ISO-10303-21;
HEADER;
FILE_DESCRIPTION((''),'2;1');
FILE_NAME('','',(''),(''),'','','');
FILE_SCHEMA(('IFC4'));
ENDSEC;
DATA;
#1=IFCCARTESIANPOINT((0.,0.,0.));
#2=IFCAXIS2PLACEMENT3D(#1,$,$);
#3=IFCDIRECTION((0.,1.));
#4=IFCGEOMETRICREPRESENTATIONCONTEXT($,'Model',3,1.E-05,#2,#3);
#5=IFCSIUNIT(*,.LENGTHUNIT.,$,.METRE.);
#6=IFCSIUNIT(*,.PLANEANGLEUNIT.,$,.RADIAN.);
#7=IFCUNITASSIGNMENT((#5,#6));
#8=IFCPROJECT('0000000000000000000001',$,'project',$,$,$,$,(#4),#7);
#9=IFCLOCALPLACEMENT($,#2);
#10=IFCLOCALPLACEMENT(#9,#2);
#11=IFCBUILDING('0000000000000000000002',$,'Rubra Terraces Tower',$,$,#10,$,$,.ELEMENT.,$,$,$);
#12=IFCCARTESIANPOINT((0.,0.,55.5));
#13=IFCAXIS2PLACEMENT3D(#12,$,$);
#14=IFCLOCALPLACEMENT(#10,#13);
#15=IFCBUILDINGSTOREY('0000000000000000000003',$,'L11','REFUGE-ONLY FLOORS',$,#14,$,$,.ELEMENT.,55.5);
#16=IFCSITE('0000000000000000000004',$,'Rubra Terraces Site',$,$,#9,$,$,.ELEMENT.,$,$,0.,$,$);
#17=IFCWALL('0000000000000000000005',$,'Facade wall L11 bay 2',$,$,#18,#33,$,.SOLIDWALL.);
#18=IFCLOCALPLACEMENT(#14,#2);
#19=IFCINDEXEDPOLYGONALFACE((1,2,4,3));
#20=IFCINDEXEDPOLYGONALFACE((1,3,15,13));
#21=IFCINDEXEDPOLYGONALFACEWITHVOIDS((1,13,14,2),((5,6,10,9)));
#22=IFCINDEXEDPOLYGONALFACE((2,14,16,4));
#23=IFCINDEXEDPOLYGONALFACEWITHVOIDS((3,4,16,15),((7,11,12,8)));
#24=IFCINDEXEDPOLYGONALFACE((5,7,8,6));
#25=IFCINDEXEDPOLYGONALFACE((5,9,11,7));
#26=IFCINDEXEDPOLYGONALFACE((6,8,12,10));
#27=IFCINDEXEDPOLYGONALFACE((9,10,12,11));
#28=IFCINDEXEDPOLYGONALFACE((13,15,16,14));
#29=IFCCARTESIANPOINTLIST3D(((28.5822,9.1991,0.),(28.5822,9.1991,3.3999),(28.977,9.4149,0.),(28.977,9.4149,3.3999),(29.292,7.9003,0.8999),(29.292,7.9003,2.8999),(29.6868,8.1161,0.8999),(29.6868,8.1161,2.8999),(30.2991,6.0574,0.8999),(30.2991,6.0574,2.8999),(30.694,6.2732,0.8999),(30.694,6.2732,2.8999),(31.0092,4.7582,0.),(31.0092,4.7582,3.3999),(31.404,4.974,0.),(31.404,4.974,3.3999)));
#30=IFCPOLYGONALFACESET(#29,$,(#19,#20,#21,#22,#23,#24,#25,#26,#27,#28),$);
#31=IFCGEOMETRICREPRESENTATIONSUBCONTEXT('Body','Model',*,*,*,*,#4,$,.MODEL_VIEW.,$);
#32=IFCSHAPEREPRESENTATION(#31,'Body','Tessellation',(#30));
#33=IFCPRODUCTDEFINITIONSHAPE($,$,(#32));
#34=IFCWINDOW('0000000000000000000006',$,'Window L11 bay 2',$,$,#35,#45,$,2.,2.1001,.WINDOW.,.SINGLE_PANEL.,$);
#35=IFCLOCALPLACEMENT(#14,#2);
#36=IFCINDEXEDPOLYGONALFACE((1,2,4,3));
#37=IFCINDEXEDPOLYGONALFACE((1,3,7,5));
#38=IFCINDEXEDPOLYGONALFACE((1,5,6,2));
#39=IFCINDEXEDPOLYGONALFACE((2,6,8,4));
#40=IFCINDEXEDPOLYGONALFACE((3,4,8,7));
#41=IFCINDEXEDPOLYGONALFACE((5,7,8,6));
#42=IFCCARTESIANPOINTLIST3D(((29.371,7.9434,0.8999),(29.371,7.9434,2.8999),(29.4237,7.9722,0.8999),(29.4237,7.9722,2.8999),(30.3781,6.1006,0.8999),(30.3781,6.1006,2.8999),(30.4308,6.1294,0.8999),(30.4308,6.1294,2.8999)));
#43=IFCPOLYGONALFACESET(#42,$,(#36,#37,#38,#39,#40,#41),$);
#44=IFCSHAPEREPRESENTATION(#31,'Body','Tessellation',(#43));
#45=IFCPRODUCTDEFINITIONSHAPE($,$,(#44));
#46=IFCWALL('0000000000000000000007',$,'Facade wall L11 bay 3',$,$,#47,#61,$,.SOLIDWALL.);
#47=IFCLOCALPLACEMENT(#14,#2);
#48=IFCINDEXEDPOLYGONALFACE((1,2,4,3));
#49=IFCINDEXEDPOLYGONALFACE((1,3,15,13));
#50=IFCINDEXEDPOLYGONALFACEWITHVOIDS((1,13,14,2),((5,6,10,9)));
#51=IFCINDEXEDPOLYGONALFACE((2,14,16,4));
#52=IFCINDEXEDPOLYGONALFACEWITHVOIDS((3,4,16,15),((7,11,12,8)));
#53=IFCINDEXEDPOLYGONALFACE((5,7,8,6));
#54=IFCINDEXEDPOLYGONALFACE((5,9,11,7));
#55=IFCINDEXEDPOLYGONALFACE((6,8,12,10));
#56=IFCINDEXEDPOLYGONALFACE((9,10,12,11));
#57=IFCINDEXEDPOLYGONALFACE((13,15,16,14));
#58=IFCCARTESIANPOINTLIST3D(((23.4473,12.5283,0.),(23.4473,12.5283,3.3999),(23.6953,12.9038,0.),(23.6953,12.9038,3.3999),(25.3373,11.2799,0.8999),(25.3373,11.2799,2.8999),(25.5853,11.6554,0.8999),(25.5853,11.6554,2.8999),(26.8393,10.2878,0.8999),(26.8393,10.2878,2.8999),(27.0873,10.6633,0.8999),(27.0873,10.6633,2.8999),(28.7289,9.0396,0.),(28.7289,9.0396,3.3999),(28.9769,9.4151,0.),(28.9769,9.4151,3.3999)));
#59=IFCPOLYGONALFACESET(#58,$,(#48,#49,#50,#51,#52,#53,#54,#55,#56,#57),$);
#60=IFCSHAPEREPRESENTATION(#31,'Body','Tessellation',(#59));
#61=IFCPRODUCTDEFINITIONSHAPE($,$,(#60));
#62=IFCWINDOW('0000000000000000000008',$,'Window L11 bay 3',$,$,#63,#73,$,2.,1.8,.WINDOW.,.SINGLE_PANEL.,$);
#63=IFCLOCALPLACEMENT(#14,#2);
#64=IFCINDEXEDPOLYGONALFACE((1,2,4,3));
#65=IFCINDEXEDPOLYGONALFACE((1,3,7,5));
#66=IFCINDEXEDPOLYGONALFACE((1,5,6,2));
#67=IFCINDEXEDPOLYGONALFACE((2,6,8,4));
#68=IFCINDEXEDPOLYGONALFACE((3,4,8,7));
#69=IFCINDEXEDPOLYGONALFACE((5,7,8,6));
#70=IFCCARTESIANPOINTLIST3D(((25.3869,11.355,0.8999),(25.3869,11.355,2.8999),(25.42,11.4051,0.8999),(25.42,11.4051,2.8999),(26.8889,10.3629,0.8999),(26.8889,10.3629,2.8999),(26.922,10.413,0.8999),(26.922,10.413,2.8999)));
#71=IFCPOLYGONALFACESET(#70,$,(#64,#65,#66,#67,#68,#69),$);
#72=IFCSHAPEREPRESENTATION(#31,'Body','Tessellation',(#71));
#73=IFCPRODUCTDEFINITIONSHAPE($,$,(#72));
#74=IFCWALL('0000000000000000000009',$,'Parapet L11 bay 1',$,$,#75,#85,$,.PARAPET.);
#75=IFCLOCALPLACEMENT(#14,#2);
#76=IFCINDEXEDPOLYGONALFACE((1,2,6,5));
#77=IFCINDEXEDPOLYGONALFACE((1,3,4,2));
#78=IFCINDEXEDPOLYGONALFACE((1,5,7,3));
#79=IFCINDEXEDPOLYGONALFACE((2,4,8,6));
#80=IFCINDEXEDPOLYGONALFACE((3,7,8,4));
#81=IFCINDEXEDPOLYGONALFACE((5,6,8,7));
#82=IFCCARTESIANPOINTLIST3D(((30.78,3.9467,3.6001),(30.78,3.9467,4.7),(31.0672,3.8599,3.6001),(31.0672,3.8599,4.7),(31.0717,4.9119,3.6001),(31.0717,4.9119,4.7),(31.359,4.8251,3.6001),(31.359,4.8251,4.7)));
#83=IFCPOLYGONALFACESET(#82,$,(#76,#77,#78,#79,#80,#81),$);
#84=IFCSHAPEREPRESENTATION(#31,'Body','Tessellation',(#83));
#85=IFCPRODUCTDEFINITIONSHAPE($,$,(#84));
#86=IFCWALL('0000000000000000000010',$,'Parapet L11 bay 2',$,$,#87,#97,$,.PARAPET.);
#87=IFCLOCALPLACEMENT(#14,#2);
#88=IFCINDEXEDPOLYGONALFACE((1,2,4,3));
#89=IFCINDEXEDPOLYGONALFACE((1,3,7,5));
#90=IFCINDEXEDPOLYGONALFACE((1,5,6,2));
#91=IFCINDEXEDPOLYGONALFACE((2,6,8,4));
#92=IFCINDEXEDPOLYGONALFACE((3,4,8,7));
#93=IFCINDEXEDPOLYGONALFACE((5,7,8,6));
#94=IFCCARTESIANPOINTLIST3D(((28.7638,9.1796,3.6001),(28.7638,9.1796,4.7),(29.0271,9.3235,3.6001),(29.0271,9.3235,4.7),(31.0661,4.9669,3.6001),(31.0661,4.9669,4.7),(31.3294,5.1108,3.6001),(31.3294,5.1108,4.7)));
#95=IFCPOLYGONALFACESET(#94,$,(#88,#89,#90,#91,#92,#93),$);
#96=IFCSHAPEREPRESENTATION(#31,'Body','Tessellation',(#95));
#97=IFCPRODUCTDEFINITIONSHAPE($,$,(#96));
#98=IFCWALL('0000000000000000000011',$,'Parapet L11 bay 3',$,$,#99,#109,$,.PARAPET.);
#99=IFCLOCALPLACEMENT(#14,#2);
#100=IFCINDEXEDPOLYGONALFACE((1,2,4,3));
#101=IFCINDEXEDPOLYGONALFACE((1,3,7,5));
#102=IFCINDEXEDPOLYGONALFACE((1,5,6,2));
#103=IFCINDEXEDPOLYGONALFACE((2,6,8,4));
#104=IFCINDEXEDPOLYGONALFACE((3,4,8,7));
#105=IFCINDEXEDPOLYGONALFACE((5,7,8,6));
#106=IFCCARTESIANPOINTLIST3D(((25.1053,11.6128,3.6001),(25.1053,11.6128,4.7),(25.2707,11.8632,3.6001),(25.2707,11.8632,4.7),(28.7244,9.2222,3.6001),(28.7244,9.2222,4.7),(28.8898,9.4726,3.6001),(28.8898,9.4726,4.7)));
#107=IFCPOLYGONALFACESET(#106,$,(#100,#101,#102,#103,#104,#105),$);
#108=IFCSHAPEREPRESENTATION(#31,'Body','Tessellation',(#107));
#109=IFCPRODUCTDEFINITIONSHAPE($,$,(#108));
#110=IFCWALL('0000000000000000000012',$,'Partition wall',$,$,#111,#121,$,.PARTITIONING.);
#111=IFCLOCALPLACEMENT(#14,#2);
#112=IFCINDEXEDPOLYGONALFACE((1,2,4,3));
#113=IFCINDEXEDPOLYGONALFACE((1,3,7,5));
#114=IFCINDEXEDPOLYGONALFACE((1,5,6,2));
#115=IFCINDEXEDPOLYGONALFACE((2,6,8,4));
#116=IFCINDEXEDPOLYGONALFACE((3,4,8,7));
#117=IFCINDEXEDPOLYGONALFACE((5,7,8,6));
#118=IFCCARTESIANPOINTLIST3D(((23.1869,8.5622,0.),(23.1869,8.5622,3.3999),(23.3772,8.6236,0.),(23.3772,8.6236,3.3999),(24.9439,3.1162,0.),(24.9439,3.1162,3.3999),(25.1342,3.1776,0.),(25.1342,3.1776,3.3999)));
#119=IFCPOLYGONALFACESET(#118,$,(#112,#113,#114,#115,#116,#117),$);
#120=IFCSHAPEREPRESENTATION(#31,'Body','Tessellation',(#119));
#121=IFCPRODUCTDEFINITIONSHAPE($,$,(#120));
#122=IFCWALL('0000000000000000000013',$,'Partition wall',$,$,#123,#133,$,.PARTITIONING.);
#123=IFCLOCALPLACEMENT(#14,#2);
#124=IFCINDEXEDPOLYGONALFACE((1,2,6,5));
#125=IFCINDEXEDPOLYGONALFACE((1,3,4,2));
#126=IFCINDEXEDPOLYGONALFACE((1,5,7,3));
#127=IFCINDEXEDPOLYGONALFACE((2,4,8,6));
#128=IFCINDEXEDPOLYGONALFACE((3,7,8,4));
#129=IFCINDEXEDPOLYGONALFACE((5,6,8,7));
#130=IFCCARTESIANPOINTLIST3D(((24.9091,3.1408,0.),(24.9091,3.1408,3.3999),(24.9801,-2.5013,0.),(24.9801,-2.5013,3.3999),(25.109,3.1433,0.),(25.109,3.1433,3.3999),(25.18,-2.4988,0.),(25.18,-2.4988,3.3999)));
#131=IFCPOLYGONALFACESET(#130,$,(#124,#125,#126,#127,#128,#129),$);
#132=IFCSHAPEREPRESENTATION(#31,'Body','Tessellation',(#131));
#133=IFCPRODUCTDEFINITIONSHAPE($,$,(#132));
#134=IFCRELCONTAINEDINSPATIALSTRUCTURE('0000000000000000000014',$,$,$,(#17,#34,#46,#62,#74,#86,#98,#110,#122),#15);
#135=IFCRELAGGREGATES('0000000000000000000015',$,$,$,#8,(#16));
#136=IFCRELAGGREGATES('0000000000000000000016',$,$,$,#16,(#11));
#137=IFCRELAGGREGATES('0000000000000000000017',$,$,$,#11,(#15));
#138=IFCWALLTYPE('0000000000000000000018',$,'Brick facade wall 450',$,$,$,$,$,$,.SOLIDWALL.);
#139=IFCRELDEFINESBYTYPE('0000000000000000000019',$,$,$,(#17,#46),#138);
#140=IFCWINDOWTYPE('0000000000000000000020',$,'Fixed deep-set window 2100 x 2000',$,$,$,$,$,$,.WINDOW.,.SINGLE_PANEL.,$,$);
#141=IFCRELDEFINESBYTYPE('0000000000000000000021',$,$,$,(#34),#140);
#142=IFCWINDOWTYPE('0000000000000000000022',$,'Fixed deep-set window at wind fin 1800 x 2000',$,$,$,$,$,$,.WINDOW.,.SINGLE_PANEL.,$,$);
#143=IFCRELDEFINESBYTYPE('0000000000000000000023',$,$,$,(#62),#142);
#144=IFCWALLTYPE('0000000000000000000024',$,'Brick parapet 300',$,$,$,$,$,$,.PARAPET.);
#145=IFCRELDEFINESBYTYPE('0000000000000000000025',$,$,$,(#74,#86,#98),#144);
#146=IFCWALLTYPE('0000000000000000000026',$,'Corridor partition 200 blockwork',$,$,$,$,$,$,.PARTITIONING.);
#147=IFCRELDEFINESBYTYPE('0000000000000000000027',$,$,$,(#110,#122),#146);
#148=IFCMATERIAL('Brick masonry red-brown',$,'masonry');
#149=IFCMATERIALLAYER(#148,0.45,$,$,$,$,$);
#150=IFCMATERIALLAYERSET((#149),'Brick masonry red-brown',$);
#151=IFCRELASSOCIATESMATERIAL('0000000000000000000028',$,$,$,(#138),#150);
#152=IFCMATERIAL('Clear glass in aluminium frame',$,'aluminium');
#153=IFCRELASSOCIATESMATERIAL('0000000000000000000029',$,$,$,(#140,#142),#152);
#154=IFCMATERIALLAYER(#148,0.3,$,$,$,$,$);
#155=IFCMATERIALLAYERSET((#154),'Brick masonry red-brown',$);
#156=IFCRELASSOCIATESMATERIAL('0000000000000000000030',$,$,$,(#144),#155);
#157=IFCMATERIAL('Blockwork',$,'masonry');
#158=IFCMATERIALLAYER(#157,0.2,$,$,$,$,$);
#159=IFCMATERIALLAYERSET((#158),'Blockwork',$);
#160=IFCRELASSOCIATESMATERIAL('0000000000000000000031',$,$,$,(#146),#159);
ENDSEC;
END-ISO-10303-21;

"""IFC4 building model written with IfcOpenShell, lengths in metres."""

from ifc_helpers import new_model, si_unit, direction, frame, frame_2d, origin, place, context, subcontext, project, spatial, rectangle, extrude, material, layer, layer_set, type_object, element, fill, save


model = new_model("IFC4")

# Units and contexts
model_context = context("Model", 3, precision=1e-05, world=origin(), true_north=direction((0.0, 1.0)))
body_context = subcontext(model_context, "Body", "Model", "MODEL_VIEW")
ifc_project = project(units=[si_unit("LENGTHUNIT", "METRE"), si_unit("PLANEANGLEUNIT", "RADIAN")], contexts=[model_context])

# Site, building, storey
site_placement = place(None, origin())
site = spatial("IfcSite", under=ifc_project, at=site_placement, Name="Rubra Terraces Site", CompositionType="ELEMENT", RefElevation=0.0)
building_placement = place(site_placement, origin())
building = spatial("IfcBuilding", under=site, at=building_placement, Name="Rubra Terraces Tower", CompositionType="ELEMENT")
storey_placement = place(building_placement, frame((0.0, 0.0, 55.5)))
storey = spatial("IfcBuildingStorey", under=building, at=storey_placement, Name="L11", Description="REFUGE-ONLY FLOORS", CompositionType="ELEMENT", Elevation=55.5)

# Walls, openings, windows
ifc_material_1 = material(Name="Brick masonry red-brown", Category="masonry")
ifc_layer_1 = layer(ifc_material_1, 0.45)
ifc_layer_set_1 = layer_set([ifc_layer_1], Name="Brick masonry red-brown")
wall_type_1 = type_object("IfcWallType", Name="Brick facade wall 450", PredefinedType="SOLIDWALL", material=ifc_layer_set_1)
ifc_material_2 = material(Name="Clear glass in aluminium frame", Category="aluminium")
window_type_1 = type_object("IfcWindowType", Name="Fixed deep-set window 2100 x 2000", PartitioningType="SINGLE_PANEL", PredefinedType="WINDOW", material=ifc_material_2)
wall_1_placement = place(storey_placement, frame((31.2065, 4.8662, 0.0), z_axis=(0.0, 0.0, 1.0), x_axis=(-0.479565, 0.877506, 0.0)))
wall_1 = element("IfcWall", 1, at=wall_1_placement, inside=storey, type_object=wall_type_1, Name="Facade wall L11 bay 2", PredefinedType="SOLIDWALL", context=body_context, shape_type="SweptSolid", body=[
    extrude(rectangle(XDim=5.0608, YDim=0.45, at=frame_2d((2.5303, 0.0))), origin(), (0.0, 0.0, 1.0), 3.3999),
])
opening_1_placement = place(wall_1_placement, frame((1.4805, 0.0, 0.8999)))
opening_1 = element("IfcOpeningElement", 2, at=opening_1_placement, cuts=wall_1, PredefinedType="OPENING", context=body_context, shape_type="SweptSolid", body=[
    extrude(rectangle(XDim=2.1001, YDim=2.0, at=frame_2d((1.05, 1.0))), frame((0.0, 0.2349, 0.0), z_axis=(0.0, -1.0, 0.0), x_axis=(1.0, 0.0, 0.0)), (0.0, 0.0, 1.0), 0.47),
])
window_1_placement = place(opening_1_placement, origin())
window_1 = element("IfcWindow", 3, at=window_1_placement, inside=storey, type_object=window_type_1, Name="Window L11 bay 2", OverallHeight=2.0, OverallWidth=2.1001, PartitioningType="SINGLE_PANEL", PredefinedType="WINDOW", context=body_context, shape_type="SweptSolid", body=[
    extrude(rectangle(XDim=2.1001, YDim=2.0, at=frame_2d((1.05, 1.0))), frame((0.0, 0.135, 0.0), z_axis=(0.0, -1.0, 0.0), x_axis=(1.0, 0.0, 0.0)), (0.0, 0.0, 1.0), 0.0601),
])
fill(opening_1, window_1)
wall_2_placement = place(storey_placement, frame((28.853, 9.2273, 0.0), z_axis=(0.0, 0.0, 1.0), x_axis=(-0.834404, 0.551153, 0.0)))
wall_2 = element("IfcWall", 4, at=wall_2_placement, inside=storey, type_object=wall_type_1, Name="Facade wall L11 bay 3", PredefinedType="SOLIDWALL", context=body_context, shape_type="SweptSolid", body=[
    extrude(rectangle(XDim=6.3298, YDim=0.45, at=frame_2d((3.165, 0.0))), origin(), (0.0, 0.0, 1.0), 3.3999),
])
opening_2_placement = place(wall_2_placement, frame((2.2649, 0.0, 0.8999)))
opening_2 = element("IfcOpeningElement", 5, at=opening_2_placement, cuts=wall_2, PredefinedType="OPENING", context=body_context, shape_type="SweptSolid", body=[
    extrude(rectangle(XDim=1.8, YDim=2.0, at=frame_2d((0.8999, 1.0))), frame((0.0, 0.2349, 0.0), z_axis=(0.0, -1.0, 0.0), x_axis=(1.0, 0.0, 0.0)), (0.0, 0.0, 1.0), 0.47),
])
window_type_2 = type_object("IfcWindowType", Name="Fixed deep-set window at wind fin 1800 x 2000", PartitioningType="SINGLE_PANEL", PredefinedType="WINDOW", material=ifc_material_2)
window_2_placement = place(opening_2_placement, origin())
window_2 = element("IfcWindow", 6, at=window_2_placement, inside=storey, type_object=window_type_2, Name="Window L11 bay 3", OverallHeight=2.0, OverallWidth=1.8, PartitioningType="SINGLE_PANEL", PredefinedType="WINDOW", context=body_context, shape_type="SweptSolid", body=[
    extrude(rectangle(XDim=1.8, YDim=2.0, at=frame_2d((0.8999, 1.0))), frame((0.0, 0.135, 0.0), z_axis=(0.0, -1.0, 0.0), x_axis=(1.0, 0.0, 0.0)), (0.0, 0.0, 1.0), 0.0601),
])
fill(opening_2, window_2)

# Walls
ifc_layer_2 = layer(ifc_material_1, 0.3)
ifc_layer_set_2 = layer_set([ifc_layer_2], Name="Brick masonry red-brown")
wall_type_2 = type_object("IfcWallType", Name="Brick parapet 300", PredefinedType="PARAPET", material=ifc_layer_set_2)
wall_3_placement = place(storey_placement, frame((30.9236, 3.9033, 3.6001), z_axis=(0.0, 0.0, 1.0), x_axis=(0.289369, 0.957218, 0.0)))
element("IfcWall", 7, at=wall_3_placement, inside=storey, type_object=wall_type_2, Name="Parapet L11 bay 1", PredefinedType="PARAPET", context=body_context, shape_type="SweptSolid", body=[
    extrude(rectangle(XDim=1.0083, YDim=0.3, at=frame_2d((0.5042, 0.0))), origin(), (0.0, 0.0, 1.0), 1.0999),
])
wall_4_placement = place(storey_placement, frame((31.1978, 5.0388, 3.6001), z_axis=(0.0, 0.0, 1.0), x_axis=(-0.479565, 0.877507, 0.0)))
element("IfcWall", 8, at=wall_4_placement, inside=storey, type_object=wall_type_2, Name="Parapet L11 bay 2", PredefinedType="PARAPET", context=body_context, shape_type="SweptSolid", body=[
    extrude(rectangle(XDim=4.8008, YDim=0.3, at=frame_2d((2.4004, 0.0))), origin(), (0.0, 0.0, 1.0), 1.0999),
])
wall_5_placement = place(storey_placement, frame((28.8071, 9.3474, 3.6001), z_axis=(0.0, 0.0, 1.0), x_axis=(-0.834398, 0.551162, 0.0)))
element("IfcWall", 9, at=wall_5_placement, inside=storey, type_object=wall_type_2, Name="Parapet L11 bay 3", PredefinedType="PARAPET", context=body_context, shape_type="SweptSolid", body=[
    extrude(rectangle(XDim=4.3374, YDim=0.3, at=frame_2d((2.1687, 0.0))), origin(), (0.0, 0.0, 1.0), 1.0999),
])
ifc_material_3 = material(Name="Blockwork", Category="masonry")
ifc_layer_3 = layer(ifc_material_3, 0.2)
ifc_layer_set_3 = layer_set([ifc_layer_3], Name="Blockwork")
wall_type_3 = type_object("IfcWallType", Name="Corridor partition 200 blockwork", PredefinedType="PARTITIONING", material=ifc_layer_set_3)
wall_6_placement = place(storey_placement, frame((23.282, 8.593, 0.0), z_axis=(0.0, 0.0, 1.0), x_axis=(0.307049, -0.951694, 0.0)))
element("IfcWall", 10, at=wall_6_placement, inside=storey, type_object=wall_type_3, Name="Partition wall", PredefinedType="PARTITIONING", context=body_context, shape_type="SweptSolid", body=[
    extrude(rectangle(XDim=5.7224, YDim=0.2, at=frame_2d((2.8613, 0.0))), origin(), (0.0, 0.0, 1.0), 3.3999),
])
wall_7_placement = place(storey_placement, frame((25.009, 3.1421, 0.0), z_axis=(0.0, 0.0, 1.0), x_axis=(0.012591, -0.999921, 0.0)))
element("IfcWall", 11, at=wall_7_placement, inside=storey, type_object=wall_type_3, Name="Partition wall", PredefinedType="PARTITIONING", context=body_context, shape_type="SweptSolid", body=[
    extrude(rectangle(XDim=5.6426, YDim=0.2, at=frame_2d((2.8213, 0.0))), origin(), (0.0, 0.0, 1.0), 3.3999),
])

save(model, "model.ifc")
